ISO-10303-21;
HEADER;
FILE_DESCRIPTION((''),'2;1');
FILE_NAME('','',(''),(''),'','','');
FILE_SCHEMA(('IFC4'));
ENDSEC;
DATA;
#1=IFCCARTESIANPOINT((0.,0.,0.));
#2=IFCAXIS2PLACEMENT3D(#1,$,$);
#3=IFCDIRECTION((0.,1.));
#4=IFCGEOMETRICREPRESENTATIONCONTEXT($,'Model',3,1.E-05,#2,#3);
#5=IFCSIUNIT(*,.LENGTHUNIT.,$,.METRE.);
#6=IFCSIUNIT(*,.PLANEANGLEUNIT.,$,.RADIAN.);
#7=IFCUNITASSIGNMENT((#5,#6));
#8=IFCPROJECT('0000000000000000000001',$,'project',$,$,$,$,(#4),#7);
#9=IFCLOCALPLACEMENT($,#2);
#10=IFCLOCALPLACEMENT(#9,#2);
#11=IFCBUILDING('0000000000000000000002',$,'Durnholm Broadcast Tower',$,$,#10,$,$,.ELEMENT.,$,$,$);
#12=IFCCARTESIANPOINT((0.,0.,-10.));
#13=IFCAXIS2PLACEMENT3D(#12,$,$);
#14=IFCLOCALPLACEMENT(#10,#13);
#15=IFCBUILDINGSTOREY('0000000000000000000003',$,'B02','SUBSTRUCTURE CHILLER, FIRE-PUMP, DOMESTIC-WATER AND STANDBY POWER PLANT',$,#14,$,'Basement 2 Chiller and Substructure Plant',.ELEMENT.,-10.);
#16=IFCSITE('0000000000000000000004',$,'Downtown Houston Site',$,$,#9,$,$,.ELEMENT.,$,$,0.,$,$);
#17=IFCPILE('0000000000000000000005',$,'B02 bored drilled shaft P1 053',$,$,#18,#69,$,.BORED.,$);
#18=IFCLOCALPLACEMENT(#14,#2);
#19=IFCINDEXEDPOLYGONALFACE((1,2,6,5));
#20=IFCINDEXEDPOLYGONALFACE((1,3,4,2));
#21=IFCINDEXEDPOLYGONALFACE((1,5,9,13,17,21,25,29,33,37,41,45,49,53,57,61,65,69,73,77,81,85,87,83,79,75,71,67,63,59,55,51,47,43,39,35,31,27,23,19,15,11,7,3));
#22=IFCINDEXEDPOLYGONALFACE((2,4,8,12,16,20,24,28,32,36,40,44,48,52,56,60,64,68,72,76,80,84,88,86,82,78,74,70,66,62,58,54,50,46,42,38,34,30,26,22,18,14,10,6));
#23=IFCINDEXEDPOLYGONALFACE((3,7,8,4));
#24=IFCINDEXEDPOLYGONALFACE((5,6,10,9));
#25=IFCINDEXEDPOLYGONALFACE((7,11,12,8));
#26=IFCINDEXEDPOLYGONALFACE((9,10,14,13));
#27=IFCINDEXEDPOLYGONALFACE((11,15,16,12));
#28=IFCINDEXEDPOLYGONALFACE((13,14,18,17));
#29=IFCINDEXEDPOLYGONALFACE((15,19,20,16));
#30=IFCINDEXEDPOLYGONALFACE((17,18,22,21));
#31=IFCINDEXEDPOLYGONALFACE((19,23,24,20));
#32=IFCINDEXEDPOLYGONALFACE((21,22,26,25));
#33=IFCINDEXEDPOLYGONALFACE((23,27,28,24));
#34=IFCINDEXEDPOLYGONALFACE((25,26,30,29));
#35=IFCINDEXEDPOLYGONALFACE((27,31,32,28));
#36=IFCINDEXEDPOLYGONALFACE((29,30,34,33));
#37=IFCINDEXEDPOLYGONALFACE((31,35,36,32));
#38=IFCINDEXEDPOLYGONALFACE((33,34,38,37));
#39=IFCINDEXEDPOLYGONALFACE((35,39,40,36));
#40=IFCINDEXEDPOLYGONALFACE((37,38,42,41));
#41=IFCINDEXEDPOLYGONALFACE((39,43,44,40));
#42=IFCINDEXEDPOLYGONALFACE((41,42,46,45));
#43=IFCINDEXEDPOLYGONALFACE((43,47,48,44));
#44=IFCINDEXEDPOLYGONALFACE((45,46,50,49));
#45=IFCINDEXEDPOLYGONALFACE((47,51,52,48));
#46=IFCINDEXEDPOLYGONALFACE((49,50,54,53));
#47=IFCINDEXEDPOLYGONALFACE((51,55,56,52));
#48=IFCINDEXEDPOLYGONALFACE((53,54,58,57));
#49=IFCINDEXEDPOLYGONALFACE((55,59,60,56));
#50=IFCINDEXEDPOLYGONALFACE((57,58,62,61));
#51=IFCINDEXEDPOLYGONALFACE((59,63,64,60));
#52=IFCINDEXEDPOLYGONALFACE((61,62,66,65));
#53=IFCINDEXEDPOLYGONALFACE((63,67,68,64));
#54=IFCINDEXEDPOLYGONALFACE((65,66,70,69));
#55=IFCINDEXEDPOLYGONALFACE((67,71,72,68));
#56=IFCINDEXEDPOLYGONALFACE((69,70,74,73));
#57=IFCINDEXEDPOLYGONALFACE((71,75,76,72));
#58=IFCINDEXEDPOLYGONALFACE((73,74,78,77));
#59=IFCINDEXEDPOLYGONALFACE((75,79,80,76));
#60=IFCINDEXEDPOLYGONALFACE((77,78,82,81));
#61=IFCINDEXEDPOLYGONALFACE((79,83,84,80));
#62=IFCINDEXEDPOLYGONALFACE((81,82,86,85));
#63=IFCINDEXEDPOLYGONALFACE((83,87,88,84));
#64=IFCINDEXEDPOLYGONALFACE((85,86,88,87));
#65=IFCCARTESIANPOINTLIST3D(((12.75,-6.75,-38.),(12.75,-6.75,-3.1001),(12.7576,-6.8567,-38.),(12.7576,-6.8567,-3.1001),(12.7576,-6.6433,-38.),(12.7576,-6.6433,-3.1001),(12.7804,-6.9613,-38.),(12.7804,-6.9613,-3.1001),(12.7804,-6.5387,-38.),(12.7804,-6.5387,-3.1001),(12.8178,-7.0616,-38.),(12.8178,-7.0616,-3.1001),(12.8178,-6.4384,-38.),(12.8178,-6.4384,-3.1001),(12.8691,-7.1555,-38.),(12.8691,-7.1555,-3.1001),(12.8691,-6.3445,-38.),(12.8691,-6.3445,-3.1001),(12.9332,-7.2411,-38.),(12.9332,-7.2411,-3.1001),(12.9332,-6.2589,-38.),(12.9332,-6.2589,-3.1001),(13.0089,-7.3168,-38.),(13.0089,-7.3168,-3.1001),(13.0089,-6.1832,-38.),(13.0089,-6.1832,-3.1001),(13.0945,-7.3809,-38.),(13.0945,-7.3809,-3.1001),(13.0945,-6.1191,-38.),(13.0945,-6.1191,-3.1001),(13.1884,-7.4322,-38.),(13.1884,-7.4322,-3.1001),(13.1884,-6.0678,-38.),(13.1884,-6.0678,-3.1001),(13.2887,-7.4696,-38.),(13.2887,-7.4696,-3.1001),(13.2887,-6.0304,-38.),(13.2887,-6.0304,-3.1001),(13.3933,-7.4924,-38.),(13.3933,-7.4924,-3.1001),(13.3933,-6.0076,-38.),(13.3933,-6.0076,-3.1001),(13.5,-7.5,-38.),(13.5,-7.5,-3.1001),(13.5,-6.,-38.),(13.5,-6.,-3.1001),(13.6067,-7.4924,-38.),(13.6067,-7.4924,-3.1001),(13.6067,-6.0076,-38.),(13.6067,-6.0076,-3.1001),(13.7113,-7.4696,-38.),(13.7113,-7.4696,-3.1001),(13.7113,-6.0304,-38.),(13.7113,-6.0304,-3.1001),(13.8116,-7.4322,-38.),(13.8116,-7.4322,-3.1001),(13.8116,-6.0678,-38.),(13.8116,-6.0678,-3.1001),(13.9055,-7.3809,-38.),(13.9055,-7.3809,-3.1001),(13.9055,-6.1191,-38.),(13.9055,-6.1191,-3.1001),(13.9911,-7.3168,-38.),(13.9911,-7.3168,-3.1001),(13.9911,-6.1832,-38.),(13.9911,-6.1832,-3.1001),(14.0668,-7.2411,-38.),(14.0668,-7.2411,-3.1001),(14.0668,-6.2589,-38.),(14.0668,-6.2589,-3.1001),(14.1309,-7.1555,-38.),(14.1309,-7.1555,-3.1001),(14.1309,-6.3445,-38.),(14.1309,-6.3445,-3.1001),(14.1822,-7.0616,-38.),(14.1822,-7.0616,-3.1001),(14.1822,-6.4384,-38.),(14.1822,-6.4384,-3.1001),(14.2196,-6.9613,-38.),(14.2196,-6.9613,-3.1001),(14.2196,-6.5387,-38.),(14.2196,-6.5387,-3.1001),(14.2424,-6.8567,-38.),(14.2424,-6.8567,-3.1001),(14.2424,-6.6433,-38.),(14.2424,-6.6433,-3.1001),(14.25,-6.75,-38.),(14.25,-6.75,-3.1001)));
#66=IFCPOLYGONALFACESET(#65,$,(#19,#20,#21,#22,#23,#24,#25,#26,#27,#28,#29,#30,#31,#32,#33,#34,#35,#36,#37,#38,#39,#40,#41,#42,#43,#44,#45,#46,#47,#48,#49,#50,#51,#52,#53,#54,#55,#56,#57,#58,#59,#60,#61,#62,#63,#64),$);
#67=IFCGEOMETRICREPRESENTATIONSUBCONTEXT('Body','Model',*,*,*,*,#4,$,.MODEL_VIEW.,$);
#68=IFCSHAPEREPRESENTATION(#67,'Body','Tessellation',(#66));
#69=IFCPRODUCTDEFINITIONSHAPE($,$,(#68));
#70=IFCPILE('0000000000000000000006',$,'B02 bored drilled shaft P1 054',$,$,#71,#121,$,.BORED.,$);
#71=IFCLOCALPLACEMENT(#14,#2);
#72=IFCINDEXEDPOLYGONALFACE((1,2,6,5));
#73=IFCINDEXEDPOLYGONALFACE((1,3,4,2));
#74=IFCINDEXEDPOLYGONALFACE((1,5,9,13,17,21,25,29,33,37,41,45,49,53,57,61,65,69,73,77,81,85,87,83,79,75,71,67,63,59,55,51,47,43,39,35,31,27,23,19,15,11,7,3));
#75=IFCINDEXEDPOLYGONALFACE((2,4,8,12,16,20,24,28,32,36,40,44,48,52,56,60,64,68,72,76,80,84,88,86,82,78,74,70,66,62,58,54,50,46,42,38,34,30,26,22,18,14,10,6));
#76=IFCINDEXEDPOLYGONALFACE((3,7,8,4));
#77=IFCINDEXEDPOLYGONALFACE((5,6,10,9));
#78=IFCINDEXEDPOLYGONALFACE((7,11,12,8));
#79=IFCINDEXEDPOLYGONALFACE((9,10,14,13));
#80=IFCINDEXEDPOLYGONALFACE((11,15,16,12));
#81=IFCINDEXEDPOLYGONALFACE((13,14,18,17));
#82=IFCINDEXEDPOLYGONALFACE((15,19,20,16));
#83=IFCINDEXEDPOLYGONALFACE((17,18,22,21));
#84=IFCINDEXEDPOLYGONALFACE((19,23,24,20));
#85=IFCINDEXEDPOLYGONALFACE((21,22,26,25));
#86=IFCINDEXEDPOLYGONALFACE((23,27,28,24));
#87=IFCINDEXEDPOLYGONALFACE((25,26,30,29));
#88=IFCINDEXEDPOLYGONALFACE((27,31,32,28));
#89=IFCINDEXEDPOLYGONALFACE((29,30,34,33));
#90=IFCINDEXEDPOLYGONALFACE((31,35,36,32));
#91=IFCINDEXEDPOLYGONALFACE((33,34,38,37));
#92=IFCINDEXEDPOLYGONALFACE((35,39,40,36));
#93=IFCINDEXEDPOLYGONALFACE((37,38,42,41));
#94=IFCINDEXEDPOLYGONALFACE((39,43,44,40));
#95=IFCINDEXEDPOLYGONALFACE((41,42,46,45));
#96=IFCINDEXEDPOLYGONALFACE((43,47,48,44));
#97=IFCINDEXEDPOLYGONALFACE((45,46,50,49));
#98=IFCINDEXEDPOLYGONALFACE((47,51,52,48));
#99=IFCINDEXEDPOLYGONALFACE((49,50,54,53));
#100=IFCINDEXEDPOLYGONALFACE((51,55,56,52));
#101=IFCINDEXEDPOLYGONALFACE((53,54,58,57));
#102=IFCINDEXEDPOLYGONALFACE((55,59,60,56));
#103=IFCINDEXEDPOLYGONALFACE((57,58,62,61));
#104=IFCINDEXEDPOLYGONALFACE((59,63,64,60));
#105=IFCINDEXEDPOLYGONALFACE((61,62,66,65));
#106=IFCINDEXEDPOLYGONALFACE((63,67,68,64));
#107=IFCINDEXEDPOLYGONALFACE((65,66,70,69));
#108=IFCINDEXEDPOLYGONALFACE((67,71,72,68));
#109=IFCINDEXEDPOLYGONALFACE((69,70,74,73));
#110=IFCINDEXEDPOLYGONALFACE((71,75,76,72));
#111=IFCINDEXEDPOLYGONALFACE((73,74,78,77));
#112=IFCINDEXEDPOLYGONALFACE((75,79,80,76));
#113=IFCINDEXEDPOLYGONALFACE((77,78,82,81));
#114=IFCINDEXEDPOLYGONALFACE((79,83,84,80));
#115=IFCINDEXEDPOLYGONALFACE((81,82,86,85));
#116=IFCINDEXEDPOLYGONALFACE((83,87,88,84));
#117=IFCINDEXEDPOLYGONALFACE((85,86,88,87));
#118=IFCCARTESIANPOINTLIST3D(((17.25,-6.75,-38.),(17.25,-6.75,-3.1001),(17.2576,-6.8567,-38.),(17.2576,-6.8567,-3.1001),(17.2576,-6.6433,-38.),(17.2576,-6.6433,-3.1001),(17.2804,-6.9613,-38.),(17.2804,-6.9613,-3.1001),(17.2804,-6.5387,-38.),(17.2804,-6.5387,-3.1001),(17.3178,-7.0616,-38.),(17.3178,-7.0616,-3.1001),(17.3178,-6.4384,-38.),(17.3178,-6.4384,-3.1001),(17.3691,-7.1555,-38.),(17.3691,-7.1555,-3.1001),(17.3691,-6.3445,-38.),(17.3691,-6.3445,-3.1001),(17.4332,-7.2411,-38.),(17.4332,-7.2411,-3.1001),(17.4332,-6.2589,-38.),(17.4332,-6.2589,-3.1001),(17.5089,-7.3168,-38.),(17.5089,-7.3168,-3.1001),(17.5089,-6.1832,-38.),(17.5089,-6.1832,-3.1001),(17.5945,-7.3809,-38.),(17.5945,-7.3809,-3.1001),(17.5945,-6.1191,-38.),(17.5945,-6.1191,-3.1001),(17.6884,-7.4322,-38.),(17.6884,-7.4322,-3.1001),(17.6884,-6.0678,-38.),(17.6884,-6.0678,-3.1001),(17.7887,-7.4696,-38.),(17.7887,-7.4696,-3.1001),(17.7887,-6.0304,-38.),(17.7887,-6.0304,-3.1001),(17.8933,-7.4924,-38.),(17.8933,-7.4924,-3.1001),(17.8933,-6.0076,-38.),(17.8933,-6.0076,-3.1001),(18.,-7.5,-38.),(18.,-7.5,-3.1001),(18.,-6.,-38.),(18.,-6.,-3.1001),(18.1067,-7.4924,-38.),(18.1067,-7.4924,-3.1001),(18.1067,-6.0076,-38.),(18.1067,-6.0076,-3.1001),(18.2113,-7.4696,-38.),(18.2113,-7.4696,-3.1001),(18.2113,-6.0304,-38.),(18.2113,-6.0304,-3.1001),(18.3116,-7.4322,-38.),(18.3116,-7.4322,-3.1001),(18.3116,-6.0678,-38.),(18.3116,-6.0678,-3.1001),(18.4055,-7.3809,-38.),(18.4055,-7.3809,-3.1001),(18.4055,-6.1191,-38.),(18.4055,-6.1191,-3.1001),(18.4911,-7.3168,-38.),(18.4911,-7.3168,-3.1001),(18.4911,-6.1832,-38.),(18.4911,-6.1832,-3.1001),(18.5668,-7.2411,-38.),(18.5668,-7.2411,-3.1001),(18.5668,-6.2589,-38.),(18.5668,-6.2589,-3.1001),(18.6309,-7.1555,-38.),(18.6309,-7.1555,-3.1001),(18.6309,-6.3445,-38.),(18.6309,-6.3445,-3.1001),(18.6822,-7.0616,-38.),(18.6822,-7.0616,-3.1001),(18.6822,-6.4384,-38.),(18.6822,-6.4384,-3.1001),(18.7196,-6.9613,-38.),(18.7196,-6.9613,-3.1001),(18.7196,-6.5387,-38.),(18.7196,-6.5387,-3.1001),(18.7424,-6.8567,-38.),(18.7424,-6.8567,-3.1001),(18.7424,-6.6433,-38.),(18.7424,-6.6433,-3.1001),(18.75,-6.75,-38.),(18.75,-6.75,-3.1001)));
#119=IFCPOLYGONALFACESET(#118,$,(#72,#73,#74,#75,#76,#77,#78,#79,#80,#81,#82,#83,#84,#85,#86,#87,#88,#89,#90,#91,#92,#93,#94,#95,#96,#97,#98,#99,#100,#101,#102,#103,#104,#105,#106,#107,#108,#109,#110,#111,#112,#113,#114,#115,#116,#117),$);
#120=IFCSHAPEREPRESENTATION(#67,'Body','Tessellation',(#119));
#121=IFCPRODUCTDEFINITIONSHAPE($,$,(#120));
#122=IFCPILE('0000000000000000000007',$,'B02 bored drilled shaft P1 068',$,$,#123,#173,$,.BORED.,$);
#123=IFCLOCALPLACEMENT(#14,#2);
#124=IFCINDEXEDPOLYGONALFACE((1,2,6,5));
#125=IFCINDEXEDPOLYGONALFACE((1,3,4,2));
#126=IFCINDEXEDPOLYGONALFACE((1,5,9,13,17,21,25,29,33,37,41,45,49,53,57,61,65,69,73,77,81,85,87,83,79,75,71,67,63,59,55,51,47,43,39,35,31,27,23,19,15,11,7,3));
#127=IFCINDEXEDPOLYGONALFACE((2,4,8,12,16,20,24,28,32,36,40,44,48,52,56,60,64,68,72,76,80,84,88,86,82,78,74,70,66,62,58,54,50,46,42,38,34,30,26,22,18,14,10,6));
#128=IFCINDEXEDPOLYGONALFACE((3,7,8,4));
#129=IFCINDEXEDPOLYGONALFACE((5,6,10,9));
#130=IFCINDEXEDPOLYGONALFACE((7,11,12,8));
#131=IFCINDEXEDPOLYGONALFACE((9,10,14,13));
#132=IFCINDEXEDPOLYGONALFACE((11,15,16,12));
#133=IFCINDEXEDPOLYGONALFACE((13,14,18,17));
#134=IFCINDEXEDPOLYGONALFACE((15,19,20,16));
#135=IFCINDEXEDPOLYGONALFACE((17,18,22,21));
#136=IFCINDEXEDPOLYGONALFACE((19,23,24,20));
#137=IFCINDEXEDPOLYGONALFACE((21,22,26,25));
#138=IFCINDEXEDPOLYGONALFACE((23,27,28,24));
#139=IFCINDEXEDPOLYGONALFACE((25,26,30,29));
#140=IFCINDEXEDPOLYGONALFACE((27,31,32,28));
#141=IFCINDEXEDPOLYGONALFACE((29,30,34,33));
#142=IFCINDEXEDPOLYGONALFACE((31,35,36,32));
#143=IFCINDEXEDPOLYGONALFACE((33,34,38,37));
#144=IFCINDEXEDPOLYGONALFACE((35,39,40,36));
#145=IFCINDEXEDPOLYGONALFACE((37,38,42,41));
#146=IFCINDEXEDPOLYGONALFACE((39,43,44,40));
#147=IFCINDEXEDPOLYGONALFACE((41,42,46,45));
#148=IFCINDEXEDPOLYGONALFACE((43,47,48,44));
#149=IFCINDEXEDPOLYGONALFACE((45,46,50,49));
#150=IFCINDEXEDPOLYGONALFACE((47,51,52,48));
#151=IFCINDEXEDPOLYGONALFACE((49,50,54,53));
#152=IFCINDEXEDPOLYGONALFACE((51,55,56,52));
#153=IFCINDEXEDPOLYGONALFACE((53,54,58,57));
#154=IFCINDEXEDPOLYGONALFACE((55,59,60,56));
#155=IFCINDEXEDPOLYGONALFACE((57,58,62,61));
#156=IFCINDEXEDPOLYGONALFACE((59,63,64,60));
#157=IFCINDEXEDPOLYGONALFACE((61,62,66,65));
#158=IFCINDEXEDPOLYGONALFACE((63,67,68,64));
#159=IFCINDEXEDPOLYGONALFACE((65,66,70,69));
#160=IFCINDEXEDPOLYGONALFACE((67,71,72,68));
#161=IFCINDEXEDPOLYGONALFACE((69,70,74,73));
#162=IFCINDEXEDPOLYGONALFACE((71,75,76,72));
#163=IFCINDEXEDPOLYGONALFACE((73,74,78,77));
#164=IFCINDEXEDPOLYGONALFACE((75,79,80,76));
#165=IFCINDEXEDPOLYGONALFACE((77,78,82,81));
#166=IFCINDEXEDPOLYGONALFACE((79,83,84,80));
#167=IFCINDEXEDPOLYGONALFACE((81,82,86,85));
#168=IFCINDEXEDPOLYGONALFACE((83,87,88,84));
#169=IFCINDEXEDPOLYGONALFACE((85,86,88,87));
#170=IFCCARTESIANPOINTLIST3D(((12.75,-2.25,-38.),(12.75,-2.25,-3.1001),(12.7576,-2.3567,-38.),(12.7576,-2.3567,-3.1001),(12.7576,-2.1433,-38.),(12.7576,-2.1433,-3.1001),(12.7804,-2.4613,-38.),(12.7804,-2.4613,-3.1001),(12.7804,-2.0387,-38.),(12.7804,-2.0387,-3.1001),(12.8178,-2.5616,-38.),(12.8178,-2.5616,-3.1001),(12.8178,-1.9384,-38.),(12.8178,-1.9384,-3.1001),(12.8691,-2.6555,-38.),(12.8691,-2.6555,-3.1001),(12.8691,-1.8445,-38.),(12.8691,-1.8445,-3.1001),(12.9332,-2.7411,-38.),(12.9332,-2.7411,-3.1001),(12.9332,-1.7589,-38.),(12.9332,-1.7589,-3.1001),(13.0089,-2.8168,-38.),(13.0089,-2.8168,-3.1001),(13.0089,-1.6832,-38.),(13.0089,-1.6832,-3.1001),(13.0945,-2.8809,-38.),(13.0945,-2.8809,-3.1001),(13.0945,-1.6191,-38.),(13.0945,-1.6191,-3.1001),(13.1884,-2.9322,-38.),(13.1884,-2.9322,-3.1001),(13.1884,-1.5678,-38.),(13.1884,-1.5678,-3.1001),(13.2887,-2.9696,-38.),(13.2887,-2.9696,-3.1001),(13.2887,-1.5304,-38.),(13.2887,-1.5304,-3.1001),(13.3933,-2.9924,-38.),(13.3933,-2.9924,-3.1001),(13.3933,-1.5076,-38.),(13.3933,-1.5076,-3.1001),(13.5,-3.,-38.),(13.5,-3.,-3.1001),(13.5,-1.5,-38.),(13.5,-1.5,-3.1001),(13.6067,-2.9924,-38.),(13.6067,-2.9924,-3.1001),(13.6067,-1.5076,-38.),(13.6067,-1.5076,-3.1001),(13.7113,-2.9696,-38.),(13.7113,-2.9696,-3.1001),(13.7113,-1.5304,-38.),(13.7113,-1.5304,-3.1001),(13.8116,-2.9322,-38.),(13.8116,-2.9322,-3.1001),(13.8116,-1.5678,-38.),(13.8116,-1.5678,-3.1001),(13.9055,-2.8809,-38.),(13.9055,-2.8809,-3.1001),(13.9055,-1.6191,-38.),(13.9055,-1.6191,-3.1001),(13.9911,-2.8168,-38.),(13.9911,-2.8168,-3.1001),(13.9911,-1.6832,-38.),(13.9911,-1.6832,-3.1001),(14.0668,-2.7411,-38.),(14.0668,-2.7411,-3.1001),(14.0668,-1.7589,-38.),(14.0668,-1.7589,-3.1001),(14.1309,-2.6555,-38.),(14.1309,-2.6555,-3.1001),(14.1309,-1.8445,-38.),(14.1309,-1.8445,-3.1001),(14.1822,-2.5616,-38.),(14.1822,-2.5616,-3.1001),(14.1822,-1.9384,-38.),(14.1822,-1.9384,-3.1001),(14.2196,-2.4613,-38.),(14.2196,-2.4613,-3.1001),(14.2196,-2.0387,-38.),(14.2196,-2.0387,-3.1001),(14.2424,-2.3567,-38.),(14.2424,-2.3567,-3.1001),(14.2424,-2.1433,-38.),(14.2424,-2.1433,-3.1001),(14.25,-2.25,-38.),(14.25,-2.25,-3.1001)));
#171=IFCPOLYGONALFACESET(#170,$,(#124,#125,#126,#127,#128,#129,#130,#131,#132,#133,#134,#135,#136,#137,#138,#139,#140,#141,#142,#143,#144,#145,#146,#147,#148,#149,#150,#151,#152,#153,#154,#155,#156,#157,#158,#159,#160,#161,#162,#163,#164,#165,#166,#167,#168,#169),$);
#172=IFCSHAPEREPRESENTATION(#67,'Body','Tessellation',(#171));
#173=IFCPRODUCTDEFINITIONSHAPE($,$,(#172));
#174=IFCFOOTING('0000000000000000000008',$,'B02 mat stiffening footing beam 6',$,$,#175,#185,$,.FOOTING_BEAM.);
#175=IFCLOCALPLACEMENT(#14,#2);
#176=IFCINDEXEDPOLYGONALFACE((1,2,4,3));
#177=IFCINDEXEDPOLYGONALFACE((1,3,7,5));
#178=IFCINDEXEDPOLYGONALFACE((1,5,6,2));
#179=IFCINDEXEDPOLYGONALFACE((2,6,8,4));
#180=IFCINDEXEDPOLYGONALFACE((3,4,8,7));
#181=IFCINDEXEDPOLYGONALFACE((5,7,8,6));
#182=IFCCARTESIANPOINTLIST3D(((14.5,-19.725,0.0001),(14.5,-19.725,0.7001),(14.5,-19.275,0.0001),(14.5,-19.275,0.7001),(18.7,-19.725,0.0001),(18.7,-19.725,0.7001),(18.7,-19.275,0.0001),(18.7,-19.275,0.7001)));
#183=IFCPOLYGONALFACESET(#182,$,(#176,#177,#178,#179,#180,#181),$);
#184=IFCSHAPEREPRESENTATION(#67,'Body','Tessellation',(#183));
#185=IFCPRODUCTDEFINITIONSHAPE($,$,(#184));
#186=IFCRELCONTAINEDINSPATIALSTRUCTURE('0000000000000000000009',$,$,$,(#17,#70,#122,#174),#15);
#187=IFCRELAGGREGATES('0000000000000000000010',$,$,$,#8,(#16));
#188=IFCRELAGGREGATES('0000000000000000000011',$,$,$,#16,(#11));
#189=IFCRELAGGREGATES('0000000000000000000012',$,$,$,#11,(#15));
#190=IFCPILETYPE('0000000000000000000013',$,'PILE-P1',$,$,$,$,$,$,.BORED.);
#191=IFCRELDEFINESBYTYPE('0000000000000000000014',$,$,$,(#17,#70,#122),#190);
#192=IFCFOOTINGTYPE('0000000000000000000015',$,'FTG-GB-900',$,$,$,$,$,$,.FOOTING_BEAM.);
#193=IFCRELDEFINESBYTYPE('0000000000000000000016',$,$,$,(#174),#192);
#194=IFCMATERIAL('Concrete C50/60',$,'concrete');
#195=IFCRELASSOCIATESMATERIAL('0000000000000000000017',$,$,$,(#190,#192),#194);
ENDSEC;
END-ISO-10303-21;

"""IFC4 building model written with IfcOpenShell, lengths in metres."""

from ifc_helpers import new_model, si_unit, direction, frame, origin, origin_2d, place, context, subcontext, project, spatial, rectangle, circle, extrude, source, transform, mapped, material, material_profile, profile_set, type_object, type_shapes, element, save


model = new_model("IFC4")

# Units and contexts
model_context = context("Model", 3, precision=1e-05, world=origin(), true_north=direction((0.0, 1.0)))
body_context = subcontext(model_context, "Body", "Model", "MODEL_VIEW")
ifc_project = project(units=[si_unit("LENGTHUNIT", "METRE"), si_unit("PLANEANGLEUNIT", "RADIAN")], contexts=[model_context])

# Site, building, storey
site_placement = place(None, origin())
site = spatial("IfcSite", under=ifc_project, at=site_placement, Name="Downtown Houston Site", CompositionType="ELEMENT", RefElevation=0.0)
building_placement = place(site_placement, origin())
building = spatial("IfcBuilding", under=site, at=building_placement, Name="Durnholm Broadcast Tower", CompositionType="ELEMENT")
storey_placement = place(building_placement, frame((0.0, 0.0, -10.0)))
storey = spatial("IfcBuildingStorey", under=building, at=storey_placement, Name="B02", Description="SUBSTRUCTURE CHILLER, FIRE-PUMP, DOMESTIC-WATER AND STANDBY POWER PLANT", LongName="Basement 2 Chiller and Substructure Plant", CompositionType="ELEMENT", Elevation=-10.0)

# Piles
ifc_material_1 = material(Name="Concrete C50/60", Category="concrete")
ifc_material_profile_1 = material_profile(ifc_material_1, circle(Radius=0.75, at=origin_2d()), Name="PILE1500")
ifc_profile_set_1 = profile_set([ifc_material_profile_1], Name="Concrete C50/60")
pile_type_1 = type_object("IfcPileType", Name="PILE-P1", PredefinedType="BORED", material=ifc_profile_set_1)
shared_shape_1 = source(origin(), body_context, "Body", "SweptSolid", [
    extrude(circle(Radius=0.75, at=origin_2d()), origin(), (0.0, 0.0, 1.0), 34.8999),
])
type_shapes(pile_type_1, [shared_shape_1])
for number, where, z_axis, x_axis, name in (
    (1, (13.5, -6.75, -3.1001), (0.0, 0.0, -1.0), (1.0, 0.0, 0.0), "B02 bored drilled shaft P1 053"),
    (2, (18.0, -6.75, -3.1001), (0.0, 0.0, -1.0), (1.0, 0.0, 0.0), "B02 bored drilled shaft P1 054"),
    (3, (13.5, -2.25, -3.1001), (0.0, 0.0, -1.0), (1.0, 0.0, 0.0), "B02 bored drilled shaft P1 068"),
):
    element("IfcPile", number, at=place(storey_placement, frame(where, z_axis=z_axis, x_axis=x_axis)), inside=storey, type_object=pile_type_1, Name=name, PredefinedType="BORED", context=body_context, shape_type="MappedRepresentation", body=[
        mapped(shared_shape_1, transform((0.0, 0.0, 0.0), x_axis=(1.0, 0.0, 0.0), y_axis=(0.0, 1.0, 0.0), z_axis=(0.0, 0.0, 1.0), scale=1.0)),
    ])

# Footing
ifc_material_profile_2 = material_profile(ifc_material_1, rectangle(XDim=0.45, YDim=0.7, at=origin_2d()), Name="RC700X450")
ifc_profile_set_2 = profile_set([ifc_material_profile_2], Name="Concrete C50/60")
footing_type = type_object("IfcFootingType", Name="FTG-GB-900", PredefinedType="FOOTING_BEAM", material=ifc_profile_set_2)
shared_shape_2 = source(origin(), body_context, "Body", "SweptSolid", [
    extrude(rectangle(XDim=0.45, YDim=0.7, at=origin_2d()), origin(), (0.0, 0.0, 1.0), 4.2),
])
type_shapes(footing_type, [shared_shape_2])
footing_placement = place(storey_placement, frame((14.5, -19.5, 0.3501), z_axis=(1.0, 0.0, 0.0), x_axis=(0.0, 1.0, 0.0)))
element("IfcFooting", 4, at=footing_placement, inside=storey, type_object=footing_type, Name="B02 mat stiffening footing beam 6", PredefinedType="FOOTING_BEAM", context=body_context, shape_type="MappedRepresentation", body=[
    mapped(shared_shape_2, transform((0.0, 0.0, 0.0), x_axis=(1.0, 0.0, 0.0), y_axis=(0.0, 1.0, 0.0), z_axis=(0.0, 0.0, 1.0), scale=1.0)),
])

save(model, "model.ifc")
